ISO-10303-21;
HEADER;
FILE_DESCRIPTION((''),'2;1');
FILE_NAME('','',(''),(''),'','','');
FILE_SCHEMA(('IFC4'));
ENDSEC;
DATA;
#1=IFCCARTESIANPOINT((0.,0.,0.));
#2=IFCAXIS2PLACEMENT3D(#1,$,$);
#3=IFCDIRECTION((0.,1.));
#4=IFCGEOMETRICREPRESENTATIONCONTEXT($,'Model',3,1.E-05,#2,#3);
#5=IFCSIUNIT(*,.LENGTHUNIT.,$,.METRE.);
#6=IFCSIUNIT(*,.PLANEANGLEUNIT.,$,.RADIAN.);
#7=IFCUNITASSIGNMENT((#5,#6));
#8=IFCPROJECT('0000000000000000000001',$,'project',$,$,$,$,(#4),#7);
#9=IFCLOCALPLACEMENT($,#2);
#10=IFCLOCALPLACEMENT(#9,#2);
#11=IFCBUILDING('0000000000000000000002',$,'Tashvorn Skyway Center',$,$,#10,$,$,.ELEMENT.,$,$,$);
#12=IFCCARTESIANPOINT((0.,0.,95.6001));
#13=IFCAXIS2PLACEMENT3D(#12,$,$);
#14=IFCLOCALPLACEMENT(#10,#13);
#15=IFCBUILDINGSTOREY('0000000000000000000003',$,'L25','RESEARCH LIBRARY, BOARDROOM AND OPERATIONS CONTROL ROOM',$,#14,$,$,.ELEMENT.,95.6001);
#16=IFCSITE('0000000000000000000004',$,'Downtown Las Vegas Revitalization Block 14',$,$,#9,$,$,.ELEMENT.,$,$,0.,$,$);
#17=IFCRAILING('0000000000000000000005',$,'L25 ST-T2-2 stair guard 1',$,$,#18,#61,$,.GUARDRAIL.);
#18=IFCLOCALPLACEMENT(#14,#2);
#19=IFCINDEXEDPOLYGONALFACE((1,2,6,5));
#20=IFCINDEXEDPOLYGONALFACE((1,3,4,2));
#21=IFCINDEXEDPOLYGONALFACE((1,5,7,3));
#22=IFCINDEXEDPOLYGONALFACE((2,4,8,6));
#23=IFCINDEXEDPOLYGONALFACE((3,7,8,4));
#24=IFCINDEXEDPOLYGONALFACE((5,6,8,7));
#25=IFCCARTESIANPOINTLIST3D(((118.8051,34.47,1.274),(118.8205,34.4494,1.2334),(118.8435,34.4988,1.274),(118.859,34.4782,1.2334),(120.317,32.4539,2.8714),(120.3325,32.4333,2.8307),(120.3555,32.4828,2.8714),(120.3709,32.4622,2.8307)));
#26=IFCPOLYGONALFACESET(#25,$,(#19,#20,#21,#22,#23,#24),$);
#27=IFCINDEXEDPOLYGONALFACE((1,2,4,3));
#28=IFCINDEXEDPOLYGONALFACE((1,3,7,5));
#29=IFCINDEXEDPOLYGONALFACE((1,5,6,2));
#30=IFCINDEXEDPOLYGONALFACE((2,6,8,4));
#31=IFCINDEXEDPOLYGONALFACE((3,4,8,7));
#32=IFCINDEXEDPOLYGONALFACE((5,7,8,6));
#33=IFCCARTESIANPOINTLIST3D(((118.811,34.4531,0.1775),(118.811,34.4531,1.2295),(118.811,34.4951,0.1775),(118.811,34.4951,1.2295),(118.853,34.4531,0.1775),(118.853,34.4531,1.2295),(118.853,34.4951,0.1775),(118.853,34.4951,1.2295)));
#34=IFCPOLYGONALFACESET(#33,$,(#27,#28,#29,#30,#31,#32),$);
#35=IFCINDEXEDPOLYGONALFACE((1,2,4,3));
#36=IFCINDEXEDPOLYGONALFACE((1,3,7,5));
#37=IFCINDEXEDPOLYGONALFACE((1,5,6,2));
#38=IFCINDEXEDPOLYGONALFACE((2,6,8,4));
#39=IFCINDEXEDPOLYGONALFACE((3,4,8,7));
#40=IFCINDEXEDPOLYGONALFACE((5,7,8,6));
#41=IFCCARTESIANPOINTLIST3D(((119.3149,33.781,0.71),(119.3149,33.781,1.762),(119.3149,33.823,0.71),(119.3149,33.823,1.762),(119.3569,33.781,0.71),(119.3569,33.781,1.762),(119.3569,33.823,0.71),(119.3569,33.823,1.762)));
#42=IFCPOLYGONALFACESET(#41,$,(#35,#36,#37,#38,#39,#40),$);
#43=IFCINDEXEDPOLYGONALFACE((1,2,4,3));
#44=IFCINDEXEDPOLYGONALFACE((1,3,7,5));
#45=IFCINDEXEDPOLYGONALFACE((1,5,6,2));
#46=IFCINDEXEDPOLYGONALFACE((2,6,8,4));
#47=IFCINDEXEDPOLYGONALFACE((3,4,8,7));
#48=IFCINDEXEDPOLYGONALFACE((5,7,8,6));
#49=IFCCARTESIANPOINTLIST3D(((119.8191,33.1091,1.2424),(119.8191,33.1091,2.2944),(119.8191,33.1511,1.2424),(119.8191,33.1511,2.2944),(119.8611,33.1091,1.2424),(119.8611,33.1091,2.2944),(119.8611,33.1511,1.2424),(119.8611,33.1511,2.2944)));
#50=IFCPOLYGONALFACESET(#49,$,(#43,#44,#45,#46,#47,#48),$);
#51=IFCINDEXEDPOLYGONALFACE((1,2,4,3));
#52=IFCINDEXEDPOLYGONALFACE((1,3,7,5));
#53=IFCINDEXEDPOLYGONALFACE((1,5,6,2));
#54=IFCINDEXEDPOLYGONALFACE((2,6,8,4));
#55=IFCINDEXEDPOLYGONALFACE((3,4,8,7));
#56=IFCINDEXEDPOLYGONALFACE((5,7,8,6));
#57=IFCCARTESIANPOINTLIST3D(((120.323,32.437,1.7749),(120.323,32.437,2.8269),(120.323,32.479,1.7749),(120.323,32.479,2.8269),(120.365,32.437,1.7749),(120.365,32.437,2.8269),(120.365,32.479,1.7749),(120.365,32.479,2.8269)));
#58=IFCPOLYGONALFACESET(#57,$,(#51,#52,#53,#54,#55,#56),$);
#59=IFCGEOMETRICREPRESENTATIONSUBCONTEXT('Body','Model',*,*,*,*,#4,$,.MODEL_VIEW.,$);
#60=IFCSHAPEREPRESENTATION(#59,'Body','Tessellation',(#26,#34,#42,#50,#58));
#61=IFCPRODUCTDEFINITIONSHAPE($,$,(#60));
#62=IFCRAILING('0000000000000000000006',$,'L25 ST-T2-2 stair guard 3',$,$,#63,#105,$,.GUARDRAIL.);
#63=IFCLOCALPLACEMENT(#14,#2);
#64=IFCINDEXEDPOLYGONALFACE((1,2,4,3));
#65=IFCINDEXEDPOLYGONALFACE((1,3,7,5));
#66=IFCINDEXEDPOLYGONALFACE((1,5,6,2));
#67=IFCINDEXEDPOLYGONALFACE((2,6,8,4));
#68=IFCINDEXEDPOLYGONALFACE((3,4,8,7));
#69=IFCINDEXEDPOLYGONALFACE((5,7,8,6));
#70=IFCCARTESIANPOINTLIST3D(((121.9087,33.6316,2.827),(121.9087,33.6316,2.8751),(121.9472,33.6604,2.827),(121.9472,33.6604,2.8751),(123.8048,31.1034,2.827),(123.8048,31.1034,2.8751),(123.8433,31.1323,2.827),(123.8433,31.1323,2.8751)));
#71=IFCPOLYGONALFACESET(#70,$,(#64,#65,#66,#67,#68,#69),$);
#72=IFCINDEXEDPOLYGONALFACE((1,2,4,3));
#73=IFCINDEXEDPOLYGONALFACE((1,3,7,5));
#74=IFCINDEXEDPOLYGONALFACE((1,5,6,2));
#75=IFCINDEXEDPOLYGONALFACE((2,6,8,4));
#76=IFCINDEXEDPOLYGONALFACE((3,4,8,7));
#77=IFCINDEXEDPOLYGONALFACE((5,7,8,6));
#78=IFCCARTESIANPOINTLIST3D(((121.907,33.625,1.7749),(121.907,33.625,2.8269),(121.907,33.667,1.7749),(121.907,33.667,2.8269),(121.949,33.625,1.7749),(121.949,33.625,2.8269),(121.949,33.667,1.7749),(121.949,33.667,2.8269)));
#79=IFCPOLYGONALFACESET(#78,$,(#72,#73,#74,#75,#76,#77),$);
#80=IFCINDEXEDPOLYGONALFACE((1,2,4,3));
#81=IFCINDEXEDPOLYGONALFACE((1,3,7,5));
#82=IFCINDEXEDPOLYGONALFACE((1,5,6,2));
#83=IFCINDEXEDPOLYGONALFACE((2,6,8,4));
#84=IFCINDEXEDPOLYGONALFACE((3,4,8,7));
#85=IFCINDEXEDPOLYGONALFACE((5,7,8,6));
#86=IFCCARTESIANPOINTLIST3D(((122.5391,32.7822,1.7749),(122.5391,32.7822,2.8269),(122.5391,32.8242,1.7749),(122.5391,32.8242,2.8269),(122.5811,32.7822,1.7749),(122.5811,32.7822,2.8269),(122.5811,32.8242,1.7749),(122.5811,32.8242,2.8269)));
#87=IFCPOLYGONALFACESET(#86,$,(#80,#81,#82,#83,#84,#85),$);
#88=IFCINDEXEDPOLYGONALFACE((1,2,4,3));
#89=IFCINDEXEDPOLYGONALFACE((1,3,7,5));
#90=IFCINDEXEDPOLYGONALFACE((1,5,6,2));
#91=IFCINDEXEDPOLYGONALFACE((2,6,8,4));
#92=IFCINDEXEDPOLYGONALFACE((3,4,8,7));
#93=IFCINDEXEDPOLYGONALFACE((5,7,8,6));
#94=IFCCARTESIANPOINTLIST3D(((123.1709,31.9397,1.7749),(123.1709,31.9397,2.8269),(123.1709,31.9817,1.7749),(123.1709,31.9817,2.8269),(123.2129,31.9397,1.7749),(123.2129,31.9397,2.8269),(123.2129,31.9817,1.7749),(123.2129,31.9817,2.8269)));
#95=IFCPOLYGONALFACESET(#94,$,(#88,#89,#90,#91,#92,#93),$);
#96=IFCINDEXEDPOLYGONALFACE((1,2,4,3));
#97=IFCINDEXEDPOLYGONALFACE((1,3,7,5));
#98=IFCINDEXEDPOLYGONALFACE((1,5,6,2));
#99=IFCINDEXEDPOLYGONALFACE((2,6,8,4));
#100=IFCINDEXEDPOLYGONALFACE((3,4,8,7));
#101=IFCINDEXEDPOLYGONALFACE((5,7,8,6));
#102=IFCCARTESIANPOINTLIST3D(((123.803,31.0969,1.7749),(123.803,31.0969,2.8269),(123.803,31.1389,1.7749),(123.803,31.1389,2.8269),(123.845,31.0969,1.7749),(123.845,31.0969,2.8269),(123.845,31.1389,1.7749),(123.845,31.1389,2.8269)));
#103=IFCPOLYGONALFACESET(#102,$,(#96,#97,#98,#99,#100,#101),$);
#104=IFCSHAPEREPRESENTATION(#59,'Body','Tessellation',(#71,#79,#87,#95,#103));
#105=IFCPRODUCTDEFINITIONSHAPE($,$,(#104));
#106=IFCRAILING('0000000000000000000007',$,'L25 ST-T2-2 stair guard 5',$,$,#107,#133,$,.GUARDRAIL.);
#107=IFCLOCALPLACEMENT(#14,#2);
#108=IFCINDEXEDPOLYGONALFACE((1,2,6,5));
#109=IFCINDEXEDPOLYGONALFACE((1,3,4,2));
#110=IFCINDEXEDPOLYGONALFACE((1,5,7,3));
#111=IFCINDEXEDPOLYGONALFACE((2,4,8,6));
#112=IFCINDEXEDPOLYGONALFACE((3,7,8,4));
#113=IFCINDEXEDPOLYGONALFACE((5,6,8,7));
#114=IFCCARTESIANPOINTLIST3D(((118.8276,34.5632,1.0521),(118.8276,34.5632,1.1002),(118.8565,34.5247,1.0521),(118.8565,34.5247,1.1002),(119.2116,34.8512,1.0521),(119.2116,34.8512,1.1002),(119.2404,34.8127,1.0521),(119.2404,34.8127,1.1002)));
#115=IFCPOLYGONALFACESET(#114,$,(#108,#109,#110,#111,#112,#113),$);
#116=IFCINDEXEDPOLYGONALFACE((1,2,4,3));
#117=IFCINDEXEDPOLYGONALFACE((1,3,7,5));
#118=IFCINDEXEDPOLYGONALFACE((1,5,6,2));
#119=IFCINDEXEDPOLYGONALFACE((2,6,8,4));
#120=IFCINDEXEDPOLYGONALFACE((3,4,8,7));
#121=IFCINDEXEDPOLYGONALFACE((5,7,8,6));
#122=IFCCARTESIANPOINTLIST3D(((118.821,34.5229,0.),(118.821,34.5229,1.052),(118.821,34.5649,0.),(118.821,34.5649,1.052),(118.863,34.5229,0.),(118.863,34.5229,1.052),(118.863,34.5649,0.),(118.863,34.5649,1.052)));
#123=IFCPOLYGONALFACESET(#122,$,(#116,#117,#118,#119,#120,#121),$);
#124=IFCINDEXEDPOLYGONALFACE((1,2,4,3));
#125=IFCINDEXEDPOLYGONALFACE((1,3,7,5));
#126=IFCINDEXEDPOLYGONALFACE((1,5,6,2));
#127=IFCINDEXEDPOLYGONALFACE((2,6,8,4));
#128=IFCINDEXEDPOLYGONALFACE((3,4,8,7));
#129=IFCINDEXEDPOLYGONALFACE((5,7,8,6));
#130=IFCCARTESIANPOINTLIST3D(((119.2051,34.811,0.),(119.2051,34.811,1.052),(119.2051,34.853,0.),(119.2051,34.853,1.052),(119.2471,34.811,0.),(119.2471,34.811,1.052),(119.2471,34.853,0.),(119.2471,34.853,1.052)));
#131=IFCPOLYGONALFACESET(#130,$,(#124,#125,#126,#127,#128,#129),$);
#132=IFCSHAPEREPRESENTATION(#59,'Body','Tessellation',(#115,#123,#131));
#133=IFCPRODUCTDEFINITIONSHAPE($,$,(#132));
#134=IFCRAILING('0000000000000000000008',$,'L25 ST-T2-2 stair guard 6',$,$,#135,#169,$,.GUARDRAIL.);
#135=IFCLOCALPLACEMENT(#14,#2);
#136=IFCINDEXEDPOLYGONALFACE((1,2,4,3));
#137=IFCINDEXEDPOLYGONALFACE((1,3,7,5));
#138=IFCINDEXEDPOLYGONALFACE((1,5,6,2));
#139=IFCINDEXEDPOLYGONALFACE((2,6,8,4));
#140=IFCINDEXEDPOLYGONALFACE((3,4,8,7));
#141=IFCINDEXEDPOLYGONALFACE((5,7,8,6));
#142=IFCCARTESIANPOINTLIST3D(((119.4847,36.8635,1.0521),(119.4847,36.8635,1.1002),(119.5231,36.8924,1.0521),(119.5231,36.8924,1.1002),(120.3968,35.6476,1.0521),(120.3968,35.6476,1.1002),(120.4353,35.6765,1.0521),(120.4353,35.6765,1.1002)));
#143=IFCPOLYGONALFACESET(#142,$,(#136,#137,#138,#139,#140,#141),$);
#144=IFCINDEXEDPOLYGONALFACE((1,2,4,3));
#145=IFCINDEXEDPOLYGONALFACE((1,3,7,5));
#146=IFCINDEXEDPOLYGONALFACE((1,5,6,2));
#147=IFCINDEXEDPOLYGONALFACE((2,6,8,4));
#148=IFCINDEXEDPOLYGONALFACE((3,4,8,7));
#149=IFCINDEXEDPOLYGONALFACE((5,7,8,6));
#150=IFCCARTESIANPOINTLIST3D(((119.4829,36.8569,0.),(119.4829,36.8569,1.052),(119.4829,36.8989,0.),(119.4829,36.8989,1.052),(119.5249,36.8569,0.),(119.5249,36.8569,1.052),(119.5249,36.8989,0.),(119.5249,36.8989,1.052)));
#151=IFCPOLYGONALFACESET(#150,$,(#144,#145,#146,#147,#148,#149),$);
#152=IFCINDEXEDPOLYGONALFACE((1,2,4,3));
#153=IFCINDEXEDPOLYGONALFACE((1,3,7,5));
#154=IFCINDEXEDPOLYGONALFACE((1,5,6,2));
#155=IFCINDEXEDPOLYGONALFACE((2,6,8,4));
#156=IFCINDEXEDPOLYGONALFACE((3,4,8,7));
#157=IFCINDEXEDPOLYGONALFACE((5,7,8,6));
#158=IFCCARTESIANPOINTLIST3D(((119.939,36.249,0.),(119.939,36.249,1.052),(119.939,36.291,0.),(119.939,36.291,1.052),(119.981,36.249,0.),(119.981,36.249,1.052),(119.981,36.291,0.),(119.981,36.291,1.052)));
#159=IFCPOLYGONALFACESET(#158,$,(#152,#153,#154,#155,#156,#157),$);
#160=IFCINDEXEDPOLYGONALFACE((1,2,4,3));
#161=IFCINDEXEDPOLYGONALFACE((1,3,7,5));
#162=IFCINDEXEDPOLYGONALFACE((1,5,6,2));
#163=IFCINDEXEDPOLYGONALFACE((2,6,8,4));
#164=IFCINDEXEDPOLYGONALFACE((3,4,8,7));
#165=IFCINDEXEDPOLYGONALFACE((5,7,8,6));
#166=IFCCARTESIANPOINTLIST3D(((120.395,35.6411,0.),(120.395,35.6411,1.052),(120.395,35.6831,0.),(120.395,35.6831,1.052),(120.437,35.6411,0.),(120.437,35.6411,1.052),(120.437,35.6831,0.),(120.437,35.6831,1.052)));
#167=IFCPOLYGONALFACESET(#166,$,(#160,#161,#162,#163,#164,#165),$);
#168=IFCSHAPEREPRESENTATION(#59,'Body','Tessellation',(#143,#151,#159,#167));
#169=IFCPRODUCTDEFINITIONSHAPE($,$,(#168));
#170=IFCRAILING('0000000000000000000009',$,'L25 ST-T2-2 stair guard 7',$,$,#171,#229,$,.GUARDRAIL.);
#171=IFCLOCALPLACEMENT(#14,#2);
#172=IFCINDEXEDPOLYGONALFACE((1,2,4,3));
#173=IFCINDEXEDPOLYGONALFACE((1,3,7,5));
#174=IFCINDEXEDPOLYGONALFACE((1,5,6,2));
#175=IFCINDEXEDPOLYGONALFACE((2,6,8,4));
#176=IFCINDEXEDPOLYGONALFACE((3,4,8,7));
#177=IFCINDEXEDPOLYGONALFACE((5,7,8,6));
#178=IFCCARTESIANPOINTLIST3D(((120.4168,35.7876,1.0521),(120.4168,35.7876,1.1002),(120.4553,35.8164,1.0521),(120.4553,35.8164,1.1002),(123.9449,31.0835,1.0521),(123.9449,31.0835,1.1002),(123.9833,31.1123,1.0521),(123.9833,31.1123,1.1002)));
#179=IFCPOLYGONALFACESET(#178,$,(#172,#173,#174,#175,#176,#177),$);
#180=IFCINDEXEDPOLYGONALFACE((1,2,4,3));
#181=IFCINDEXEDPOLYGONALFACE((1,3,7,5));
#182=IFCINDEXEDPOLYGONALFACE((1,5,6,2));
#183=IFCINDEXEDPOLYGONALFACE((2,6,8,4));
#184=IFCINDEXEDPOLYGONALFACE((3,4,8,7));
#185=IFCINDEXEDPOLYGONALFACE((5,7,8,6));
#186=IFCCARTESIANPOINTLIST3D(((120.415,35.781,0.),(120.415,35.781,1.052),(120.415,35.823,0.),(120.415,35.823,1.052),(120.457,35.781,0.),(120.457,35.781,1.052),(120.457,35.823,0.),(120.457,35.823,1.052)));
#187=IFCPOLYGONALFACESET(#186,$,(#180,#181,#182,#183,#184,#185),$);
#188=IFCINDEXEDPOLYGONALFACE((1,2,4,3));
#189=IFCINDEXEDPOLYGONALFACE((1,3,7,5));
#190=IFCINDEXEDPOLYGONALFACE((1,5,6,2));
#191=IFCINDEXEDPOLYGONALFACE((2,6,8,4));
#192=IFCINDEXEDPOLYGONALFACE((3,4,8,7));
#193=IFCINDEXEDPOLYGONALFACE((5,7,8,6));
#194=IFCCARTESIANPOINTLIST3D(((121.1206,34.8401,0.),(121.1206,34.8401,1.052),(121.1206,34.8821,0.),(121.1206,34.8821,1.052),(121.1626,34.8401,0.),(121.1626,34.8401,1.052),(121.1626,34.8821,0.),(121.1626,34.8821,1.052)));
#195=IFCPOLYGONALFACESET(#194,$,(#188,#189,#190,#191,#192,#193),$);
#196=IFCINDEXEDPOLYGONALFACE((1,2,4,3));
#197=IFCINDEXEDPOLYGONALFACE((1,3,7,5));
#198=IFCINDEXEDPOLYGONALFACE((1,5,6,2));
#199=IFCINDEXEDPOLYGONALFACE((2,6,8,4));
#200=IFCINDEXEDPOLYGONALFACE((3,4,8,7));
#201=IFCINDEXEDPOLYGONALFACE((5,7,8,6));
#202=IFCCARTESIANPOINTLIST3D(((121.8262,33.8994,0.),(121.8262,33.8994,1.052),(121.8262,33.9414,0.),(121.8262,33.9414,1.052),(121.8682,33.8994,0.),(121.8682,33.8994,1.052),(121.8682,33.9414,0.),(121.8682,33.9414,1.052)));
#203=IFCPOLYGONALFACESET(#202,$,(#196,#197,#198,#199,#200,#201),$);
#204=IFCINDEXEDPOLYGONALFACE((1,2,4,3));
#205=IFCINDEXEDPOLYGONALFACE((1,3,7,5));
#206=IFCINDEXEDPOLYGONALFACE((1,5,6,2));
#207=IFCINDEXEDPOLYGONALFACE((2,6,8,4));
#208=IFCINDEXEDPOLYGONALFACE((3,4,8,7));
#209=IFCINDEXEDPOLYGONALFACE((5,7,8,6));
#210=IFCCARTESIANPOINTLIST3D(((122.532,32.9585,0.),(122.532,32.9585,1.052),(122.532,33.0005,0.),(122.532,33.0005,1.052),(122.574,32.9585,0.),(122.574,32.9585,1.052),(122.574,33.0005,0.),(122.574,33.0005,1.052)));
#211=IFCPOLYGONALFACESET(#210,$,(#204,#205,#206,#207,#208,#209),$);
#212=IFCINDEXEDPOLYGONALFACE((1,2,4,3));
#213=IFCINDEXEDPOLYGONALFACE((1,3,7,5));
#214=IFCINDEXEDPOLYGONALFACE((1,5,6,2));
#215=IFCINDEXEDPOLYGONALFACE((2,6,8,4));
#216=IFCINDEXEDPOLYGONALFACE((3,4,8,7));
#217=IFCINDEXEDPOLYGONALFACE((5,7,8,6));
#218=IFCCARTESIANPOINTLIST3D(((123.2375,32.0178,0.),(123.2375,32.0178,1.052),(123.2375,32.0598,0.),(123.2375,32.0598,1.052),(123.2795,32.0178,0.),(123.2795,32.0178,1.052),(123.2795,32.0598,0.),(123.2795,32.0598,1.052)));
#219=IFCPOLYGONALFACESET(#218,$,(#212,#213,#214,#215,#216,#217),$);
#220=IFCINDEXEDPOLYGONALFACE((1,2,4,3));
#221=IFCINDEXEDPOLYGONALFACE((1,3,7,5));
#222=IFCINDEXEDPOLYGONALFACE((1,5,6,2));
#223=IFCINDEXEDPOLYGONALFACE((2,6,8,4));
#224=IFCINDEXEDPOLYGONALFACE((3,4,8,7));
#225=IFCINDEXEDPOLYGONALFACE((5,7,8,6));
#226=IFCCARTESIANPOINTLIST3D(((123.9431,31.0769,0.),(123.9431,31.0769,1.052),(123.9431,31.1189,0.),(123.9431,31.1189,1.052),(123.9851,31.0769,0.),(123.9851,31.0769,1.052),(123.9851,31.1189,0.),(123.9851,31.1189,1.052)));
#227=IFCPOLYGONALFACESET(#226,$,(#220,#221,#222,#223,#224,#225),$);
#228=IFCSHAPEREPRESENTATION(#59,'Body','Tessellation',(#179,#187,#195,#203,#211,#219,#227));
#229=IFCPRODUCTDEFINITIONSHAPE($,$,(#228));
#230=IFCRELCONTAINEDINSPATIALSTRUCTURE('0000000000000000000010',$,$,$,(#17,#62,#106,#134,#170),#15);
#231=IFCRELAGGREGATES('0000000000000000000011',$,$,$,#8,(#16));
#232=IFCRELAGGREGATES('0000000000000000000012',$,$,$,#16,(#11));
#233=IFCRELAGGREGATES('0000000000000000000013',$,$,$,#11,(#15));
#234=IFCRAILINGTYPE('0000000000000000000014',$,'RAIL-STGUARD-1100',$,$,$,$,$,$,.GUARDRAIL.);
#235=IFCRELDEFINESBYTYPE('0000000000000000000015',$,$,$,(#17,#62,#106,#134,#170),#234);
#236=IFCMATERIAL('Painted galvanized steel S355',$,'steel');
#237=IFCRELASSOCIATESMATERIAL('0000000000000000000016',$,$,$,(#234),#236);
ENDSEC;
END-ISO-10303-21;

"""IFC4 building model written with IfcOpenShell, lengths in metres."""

from ifc_helpers import new_model, si_unit, direction, frame, origin, origin_2d, place, context, subcontext, project, spatial, rectangle, extrude, material, type_object, element, save


model = new_model("IFC4")

# Units and contexts
model_context = context("Model", 3, precision=1e-05, world=origin(), true_north=direction((0.0, 1.0)))
body_context = subcontext(model_context, "Body", "Model", "MODEL_VIEW")
ifc_project = project(units=[si_unit("LENGTHUNIT", "METRE"), si_unit("PLANEANGLEUNIT", "RADIAN")], contexts=[model_context])

# Site, building, storey
site_placement = place(None, origin())
site = spatial("IfcSite", under=ifc_project, at=site_placement, Name="Downtown Las Vegas Revitalization Block 14", CompositionType="ELEMENT", RefElevation=0.0)
building_placement = place(site_placement, origin())
building = spatial("IfcBuilding", under=site, at=building_placement, Name="Tashvorn Skyway Center", CompositionType="ELEMENT")
storey_placement = place(building_placement, frame((0.0, 0.0, 95.6001)))
storey = spatial("IfcBuildingStorey", under=building, at=storey_placement, Name="L25", Description="RESEARCH LIBRARY, BOARDROOM AND OPERATIONS CONTROL ROOM", CompositionType="ELEMENT", Elevation=95.6001)

# Railings
ifc_material_1 = material(Name="Painted galvanized steel S355", Category="steel")
railing_type_1 = type_object("IfcRailingType", Name="RAIL-STGUARD-1100", PredefinedType="GUARDRAIL", material=ifc_material_1)
railing_1_placement = place(storey_placement, frame((118.832, 34.4741, 0.1775)))
element("IfcRailing", 1, at=railing_1_placement, inside=storey, type_object=railing_type_1, Name="L25 ST-T2-2 stair guard 1", PredefinedType="GUARDRAIL", context=body_context, shape_type="SweptSolid", body=[
    extrude(rectangle(XDim=0.0481, YDim=0.0481, at=origin_2d()), frame((0.0, 0.0, 1.0762), z_axis=(0.506741, -0.675709, 0.535379), x_axis=(0.800023, 0.599969, 0.0)), (0.0, 0.0, 1.0), 2.9836),
    extrude(rectangle(XDim=0.042, YDim=0.042, at=origin_2d()), origin(), (0.0, 0.0, 1.0), 1.052),
    extrude(rectangle(XDim=0.042, YDim=0.042, at=origin_2d()), frame((0.5039, -0.6721, 0.5325)), (0.0, 0.0, 1.0), 1.052),
    extrude(rectangle(XDim=0.042, YDim=0.042, at=origin_2d()), frame((1.0081, -1.344, 1.0649)), (0.0, 0.0, 1.0), 1.052),
    extrude(rectangle(XDim=0.042, YDim=0.042, at=origin_2d()), frame((1.512, -2.0161, 1.5974)), (0.0, 0.0, 1.0), 1.052),
])
railing_2_placement = place(storey_placement, frame((121.928, 33.646, 1.7749)))
element("IfcRailing", 2, at=railing_2_placement, inside=storey, type_object=railing_type_1, Name="L25 ST-T2-2 stair guard 3", PredefinedType="GUARDRAIL", context=body_context, shape_type="SweptSolid", body=[
    extrude(rectangle(XDim=0.0481, YDim=0.0481, at=origin_2d()), frame((0.0, 0.0, 1.0762), z_axis=(0.599988, -0.800009, 0.0), x_axis=(0.800009, 0.599988, 0.0)), (0.0, 0.0, 1.0), 3.1602),
    extrude(rectangle(XDim=0.042, YDim=0.042, at=origin_2d()), origin(), (0.0, 0.0, 1.0), 1.052),
    extrude(rectangle(XDim=0.042, YDim=0.042, at=origin_2d()), frame((0.6321, -0.8428, 0.0)), (0.0, 0.0, 1.0), 1.052),
    extrude(rectangle(XDim=0.042, YDim=0.042, at=origin_2d()), frame((1.2639, -1.6853, 0.0)), (0.0, 0.0, 1.0), 1.052),
    extrude(rectangle(XDim=0.042, YDim=0.042, at=origin_2d()), frame((1.896, -2.5281, 0.0)), (0.0, 0.0, 1.0), 1.052),
])
railing_3_placement = place(storey_placement, frame((118.842, 34.5439, 0.0)))
element("IfcRailing", 3, at=railing_3_placement, inside=storey, type_object=railing_type_1, Name="L25 ST-T2-2 stair guard 5", PredefinedType="GUARDRAIL", context=body_context, shape_type="SweptSolid", body=[
    extrude(rectangle(XDim=0.0481, YDim=0.0481, at=origin_2d()), frame((0.0, 0.0, 1.0762), z_axis=(0.799939, 0.600081, 0.0), x_axis=(-0.600081, 0.799939, 0.0)), (0.0, 0.0, 1.0), 0.48),
    extrude(rectangle(XDim=0.042, YDim=0.042, at=origin_2d()), origin(), (0.0, 0.0, 1.0), 1.052),
    extrude(rectangle(XDim=0.042, YDim=0.042, at=origin_2d()), frame((0.384, 0.2881, 0.0)), (0.0, 0.0, 1.0), 1.052),
])
railing_4_placement = place(storey_placement, frame((119.5039, 36.8779, 0.0)))
element("IfcRailing", 4, at=railing_4_placement, inside=storey, type_object=railing_type_1, Name="L25 ST-T2-2 stair guard 6", PredefinedType="GUARDRAIL", context=body_context, shape_type="SweptSolid", body=[
    extrude(rectangle(XDim=0.0481, YDim=0.0481, at=origin_2d()), frame((0.0, 0.0, 1.0762), z_axis=(0.600103, -0.799923, 0.0), x_axis=(0.799923, 0.600103, 0.0)), (0.0, 0.0, 1.0), 1.52),
    extrude(rectangle(XDim=0.042, YDim=0.042, at=origin_2d()), origin(), (0.0, 0.0, 1.0), 1.052),
    extrude(rectangle(XDim=0.042, YDim=0.042, at=origin_2d()), frame((0.4561, -0.6079, 0.0)), (0.0, 0.0, 1.0), 1.052),
    extrude(rectangle(XDim=0.042, YDim=0.042, at=origin_2d()), frame((0.9121, -1.2158, 0.0)), (0.0, 0.0, 1.0), 1.052),
])
railing_5_placement = place(storey_placement, frame((120.436, 35.802, 0.0)))
element("IfcRailing", 5, at=railing_5_placement, inside=storey, type_object=railing_type_1, Name="L25 ST-T2-2 stair guard 7", PredefinedType="GUARDRAIL", context=body_context, shape_type="SweptSolid", body=[
    extrude(rectangle(XDim=0.0481, YDim=0.0481, at=origin_2d()), frame((0.0, 0.0, 1.0762), z_axis=(0.6, -0.8, 0.0), x_axis=(0.8, 0.6, 0.0)), (0.0, 0.0, 1.0), 5.8801),
    extrude(rectangle(XDim=0.042, YDim=0.042, at=origin_2d()), origin(), (0.0, 0.0, 1.0), 1.052),
    extrude(rectangle(XDim=0.042, YDim=0.042, at=origin_2d()), frame((0.7056, -0.9409, 0.0)), (0.0, 0.0, 1.0), 1.052),
    extrude(rectangle(XDim=0.042, YDim=0.042, at=origin_2d()), frame((1.4111, -1.8816, 0.0)), (0.0, 0.0, 1.0), 1.052),
    extrude(rectangle(XDim=0.042, YDim=0.042, at=origin_2d()), frame((2.1169, -2.8225, 0.0)), (0.0, 0.0, 1.0), 1.052),
    extrude(rectangle(XDim=0.042, YDim=0.042, at=origin_2d()), frame((2.8225, -3.7632, 0.0)), (0.0, 0.0, 1.0), 1.052),
    extrude(rectangle(XDim=0.042, YDim=0.042, at=origin_2d()), frame((3.5281, -4.7041, 0.0)), (0.0, 0.0, 1.0), 1.052),
])

save(model, "model.ifc")
